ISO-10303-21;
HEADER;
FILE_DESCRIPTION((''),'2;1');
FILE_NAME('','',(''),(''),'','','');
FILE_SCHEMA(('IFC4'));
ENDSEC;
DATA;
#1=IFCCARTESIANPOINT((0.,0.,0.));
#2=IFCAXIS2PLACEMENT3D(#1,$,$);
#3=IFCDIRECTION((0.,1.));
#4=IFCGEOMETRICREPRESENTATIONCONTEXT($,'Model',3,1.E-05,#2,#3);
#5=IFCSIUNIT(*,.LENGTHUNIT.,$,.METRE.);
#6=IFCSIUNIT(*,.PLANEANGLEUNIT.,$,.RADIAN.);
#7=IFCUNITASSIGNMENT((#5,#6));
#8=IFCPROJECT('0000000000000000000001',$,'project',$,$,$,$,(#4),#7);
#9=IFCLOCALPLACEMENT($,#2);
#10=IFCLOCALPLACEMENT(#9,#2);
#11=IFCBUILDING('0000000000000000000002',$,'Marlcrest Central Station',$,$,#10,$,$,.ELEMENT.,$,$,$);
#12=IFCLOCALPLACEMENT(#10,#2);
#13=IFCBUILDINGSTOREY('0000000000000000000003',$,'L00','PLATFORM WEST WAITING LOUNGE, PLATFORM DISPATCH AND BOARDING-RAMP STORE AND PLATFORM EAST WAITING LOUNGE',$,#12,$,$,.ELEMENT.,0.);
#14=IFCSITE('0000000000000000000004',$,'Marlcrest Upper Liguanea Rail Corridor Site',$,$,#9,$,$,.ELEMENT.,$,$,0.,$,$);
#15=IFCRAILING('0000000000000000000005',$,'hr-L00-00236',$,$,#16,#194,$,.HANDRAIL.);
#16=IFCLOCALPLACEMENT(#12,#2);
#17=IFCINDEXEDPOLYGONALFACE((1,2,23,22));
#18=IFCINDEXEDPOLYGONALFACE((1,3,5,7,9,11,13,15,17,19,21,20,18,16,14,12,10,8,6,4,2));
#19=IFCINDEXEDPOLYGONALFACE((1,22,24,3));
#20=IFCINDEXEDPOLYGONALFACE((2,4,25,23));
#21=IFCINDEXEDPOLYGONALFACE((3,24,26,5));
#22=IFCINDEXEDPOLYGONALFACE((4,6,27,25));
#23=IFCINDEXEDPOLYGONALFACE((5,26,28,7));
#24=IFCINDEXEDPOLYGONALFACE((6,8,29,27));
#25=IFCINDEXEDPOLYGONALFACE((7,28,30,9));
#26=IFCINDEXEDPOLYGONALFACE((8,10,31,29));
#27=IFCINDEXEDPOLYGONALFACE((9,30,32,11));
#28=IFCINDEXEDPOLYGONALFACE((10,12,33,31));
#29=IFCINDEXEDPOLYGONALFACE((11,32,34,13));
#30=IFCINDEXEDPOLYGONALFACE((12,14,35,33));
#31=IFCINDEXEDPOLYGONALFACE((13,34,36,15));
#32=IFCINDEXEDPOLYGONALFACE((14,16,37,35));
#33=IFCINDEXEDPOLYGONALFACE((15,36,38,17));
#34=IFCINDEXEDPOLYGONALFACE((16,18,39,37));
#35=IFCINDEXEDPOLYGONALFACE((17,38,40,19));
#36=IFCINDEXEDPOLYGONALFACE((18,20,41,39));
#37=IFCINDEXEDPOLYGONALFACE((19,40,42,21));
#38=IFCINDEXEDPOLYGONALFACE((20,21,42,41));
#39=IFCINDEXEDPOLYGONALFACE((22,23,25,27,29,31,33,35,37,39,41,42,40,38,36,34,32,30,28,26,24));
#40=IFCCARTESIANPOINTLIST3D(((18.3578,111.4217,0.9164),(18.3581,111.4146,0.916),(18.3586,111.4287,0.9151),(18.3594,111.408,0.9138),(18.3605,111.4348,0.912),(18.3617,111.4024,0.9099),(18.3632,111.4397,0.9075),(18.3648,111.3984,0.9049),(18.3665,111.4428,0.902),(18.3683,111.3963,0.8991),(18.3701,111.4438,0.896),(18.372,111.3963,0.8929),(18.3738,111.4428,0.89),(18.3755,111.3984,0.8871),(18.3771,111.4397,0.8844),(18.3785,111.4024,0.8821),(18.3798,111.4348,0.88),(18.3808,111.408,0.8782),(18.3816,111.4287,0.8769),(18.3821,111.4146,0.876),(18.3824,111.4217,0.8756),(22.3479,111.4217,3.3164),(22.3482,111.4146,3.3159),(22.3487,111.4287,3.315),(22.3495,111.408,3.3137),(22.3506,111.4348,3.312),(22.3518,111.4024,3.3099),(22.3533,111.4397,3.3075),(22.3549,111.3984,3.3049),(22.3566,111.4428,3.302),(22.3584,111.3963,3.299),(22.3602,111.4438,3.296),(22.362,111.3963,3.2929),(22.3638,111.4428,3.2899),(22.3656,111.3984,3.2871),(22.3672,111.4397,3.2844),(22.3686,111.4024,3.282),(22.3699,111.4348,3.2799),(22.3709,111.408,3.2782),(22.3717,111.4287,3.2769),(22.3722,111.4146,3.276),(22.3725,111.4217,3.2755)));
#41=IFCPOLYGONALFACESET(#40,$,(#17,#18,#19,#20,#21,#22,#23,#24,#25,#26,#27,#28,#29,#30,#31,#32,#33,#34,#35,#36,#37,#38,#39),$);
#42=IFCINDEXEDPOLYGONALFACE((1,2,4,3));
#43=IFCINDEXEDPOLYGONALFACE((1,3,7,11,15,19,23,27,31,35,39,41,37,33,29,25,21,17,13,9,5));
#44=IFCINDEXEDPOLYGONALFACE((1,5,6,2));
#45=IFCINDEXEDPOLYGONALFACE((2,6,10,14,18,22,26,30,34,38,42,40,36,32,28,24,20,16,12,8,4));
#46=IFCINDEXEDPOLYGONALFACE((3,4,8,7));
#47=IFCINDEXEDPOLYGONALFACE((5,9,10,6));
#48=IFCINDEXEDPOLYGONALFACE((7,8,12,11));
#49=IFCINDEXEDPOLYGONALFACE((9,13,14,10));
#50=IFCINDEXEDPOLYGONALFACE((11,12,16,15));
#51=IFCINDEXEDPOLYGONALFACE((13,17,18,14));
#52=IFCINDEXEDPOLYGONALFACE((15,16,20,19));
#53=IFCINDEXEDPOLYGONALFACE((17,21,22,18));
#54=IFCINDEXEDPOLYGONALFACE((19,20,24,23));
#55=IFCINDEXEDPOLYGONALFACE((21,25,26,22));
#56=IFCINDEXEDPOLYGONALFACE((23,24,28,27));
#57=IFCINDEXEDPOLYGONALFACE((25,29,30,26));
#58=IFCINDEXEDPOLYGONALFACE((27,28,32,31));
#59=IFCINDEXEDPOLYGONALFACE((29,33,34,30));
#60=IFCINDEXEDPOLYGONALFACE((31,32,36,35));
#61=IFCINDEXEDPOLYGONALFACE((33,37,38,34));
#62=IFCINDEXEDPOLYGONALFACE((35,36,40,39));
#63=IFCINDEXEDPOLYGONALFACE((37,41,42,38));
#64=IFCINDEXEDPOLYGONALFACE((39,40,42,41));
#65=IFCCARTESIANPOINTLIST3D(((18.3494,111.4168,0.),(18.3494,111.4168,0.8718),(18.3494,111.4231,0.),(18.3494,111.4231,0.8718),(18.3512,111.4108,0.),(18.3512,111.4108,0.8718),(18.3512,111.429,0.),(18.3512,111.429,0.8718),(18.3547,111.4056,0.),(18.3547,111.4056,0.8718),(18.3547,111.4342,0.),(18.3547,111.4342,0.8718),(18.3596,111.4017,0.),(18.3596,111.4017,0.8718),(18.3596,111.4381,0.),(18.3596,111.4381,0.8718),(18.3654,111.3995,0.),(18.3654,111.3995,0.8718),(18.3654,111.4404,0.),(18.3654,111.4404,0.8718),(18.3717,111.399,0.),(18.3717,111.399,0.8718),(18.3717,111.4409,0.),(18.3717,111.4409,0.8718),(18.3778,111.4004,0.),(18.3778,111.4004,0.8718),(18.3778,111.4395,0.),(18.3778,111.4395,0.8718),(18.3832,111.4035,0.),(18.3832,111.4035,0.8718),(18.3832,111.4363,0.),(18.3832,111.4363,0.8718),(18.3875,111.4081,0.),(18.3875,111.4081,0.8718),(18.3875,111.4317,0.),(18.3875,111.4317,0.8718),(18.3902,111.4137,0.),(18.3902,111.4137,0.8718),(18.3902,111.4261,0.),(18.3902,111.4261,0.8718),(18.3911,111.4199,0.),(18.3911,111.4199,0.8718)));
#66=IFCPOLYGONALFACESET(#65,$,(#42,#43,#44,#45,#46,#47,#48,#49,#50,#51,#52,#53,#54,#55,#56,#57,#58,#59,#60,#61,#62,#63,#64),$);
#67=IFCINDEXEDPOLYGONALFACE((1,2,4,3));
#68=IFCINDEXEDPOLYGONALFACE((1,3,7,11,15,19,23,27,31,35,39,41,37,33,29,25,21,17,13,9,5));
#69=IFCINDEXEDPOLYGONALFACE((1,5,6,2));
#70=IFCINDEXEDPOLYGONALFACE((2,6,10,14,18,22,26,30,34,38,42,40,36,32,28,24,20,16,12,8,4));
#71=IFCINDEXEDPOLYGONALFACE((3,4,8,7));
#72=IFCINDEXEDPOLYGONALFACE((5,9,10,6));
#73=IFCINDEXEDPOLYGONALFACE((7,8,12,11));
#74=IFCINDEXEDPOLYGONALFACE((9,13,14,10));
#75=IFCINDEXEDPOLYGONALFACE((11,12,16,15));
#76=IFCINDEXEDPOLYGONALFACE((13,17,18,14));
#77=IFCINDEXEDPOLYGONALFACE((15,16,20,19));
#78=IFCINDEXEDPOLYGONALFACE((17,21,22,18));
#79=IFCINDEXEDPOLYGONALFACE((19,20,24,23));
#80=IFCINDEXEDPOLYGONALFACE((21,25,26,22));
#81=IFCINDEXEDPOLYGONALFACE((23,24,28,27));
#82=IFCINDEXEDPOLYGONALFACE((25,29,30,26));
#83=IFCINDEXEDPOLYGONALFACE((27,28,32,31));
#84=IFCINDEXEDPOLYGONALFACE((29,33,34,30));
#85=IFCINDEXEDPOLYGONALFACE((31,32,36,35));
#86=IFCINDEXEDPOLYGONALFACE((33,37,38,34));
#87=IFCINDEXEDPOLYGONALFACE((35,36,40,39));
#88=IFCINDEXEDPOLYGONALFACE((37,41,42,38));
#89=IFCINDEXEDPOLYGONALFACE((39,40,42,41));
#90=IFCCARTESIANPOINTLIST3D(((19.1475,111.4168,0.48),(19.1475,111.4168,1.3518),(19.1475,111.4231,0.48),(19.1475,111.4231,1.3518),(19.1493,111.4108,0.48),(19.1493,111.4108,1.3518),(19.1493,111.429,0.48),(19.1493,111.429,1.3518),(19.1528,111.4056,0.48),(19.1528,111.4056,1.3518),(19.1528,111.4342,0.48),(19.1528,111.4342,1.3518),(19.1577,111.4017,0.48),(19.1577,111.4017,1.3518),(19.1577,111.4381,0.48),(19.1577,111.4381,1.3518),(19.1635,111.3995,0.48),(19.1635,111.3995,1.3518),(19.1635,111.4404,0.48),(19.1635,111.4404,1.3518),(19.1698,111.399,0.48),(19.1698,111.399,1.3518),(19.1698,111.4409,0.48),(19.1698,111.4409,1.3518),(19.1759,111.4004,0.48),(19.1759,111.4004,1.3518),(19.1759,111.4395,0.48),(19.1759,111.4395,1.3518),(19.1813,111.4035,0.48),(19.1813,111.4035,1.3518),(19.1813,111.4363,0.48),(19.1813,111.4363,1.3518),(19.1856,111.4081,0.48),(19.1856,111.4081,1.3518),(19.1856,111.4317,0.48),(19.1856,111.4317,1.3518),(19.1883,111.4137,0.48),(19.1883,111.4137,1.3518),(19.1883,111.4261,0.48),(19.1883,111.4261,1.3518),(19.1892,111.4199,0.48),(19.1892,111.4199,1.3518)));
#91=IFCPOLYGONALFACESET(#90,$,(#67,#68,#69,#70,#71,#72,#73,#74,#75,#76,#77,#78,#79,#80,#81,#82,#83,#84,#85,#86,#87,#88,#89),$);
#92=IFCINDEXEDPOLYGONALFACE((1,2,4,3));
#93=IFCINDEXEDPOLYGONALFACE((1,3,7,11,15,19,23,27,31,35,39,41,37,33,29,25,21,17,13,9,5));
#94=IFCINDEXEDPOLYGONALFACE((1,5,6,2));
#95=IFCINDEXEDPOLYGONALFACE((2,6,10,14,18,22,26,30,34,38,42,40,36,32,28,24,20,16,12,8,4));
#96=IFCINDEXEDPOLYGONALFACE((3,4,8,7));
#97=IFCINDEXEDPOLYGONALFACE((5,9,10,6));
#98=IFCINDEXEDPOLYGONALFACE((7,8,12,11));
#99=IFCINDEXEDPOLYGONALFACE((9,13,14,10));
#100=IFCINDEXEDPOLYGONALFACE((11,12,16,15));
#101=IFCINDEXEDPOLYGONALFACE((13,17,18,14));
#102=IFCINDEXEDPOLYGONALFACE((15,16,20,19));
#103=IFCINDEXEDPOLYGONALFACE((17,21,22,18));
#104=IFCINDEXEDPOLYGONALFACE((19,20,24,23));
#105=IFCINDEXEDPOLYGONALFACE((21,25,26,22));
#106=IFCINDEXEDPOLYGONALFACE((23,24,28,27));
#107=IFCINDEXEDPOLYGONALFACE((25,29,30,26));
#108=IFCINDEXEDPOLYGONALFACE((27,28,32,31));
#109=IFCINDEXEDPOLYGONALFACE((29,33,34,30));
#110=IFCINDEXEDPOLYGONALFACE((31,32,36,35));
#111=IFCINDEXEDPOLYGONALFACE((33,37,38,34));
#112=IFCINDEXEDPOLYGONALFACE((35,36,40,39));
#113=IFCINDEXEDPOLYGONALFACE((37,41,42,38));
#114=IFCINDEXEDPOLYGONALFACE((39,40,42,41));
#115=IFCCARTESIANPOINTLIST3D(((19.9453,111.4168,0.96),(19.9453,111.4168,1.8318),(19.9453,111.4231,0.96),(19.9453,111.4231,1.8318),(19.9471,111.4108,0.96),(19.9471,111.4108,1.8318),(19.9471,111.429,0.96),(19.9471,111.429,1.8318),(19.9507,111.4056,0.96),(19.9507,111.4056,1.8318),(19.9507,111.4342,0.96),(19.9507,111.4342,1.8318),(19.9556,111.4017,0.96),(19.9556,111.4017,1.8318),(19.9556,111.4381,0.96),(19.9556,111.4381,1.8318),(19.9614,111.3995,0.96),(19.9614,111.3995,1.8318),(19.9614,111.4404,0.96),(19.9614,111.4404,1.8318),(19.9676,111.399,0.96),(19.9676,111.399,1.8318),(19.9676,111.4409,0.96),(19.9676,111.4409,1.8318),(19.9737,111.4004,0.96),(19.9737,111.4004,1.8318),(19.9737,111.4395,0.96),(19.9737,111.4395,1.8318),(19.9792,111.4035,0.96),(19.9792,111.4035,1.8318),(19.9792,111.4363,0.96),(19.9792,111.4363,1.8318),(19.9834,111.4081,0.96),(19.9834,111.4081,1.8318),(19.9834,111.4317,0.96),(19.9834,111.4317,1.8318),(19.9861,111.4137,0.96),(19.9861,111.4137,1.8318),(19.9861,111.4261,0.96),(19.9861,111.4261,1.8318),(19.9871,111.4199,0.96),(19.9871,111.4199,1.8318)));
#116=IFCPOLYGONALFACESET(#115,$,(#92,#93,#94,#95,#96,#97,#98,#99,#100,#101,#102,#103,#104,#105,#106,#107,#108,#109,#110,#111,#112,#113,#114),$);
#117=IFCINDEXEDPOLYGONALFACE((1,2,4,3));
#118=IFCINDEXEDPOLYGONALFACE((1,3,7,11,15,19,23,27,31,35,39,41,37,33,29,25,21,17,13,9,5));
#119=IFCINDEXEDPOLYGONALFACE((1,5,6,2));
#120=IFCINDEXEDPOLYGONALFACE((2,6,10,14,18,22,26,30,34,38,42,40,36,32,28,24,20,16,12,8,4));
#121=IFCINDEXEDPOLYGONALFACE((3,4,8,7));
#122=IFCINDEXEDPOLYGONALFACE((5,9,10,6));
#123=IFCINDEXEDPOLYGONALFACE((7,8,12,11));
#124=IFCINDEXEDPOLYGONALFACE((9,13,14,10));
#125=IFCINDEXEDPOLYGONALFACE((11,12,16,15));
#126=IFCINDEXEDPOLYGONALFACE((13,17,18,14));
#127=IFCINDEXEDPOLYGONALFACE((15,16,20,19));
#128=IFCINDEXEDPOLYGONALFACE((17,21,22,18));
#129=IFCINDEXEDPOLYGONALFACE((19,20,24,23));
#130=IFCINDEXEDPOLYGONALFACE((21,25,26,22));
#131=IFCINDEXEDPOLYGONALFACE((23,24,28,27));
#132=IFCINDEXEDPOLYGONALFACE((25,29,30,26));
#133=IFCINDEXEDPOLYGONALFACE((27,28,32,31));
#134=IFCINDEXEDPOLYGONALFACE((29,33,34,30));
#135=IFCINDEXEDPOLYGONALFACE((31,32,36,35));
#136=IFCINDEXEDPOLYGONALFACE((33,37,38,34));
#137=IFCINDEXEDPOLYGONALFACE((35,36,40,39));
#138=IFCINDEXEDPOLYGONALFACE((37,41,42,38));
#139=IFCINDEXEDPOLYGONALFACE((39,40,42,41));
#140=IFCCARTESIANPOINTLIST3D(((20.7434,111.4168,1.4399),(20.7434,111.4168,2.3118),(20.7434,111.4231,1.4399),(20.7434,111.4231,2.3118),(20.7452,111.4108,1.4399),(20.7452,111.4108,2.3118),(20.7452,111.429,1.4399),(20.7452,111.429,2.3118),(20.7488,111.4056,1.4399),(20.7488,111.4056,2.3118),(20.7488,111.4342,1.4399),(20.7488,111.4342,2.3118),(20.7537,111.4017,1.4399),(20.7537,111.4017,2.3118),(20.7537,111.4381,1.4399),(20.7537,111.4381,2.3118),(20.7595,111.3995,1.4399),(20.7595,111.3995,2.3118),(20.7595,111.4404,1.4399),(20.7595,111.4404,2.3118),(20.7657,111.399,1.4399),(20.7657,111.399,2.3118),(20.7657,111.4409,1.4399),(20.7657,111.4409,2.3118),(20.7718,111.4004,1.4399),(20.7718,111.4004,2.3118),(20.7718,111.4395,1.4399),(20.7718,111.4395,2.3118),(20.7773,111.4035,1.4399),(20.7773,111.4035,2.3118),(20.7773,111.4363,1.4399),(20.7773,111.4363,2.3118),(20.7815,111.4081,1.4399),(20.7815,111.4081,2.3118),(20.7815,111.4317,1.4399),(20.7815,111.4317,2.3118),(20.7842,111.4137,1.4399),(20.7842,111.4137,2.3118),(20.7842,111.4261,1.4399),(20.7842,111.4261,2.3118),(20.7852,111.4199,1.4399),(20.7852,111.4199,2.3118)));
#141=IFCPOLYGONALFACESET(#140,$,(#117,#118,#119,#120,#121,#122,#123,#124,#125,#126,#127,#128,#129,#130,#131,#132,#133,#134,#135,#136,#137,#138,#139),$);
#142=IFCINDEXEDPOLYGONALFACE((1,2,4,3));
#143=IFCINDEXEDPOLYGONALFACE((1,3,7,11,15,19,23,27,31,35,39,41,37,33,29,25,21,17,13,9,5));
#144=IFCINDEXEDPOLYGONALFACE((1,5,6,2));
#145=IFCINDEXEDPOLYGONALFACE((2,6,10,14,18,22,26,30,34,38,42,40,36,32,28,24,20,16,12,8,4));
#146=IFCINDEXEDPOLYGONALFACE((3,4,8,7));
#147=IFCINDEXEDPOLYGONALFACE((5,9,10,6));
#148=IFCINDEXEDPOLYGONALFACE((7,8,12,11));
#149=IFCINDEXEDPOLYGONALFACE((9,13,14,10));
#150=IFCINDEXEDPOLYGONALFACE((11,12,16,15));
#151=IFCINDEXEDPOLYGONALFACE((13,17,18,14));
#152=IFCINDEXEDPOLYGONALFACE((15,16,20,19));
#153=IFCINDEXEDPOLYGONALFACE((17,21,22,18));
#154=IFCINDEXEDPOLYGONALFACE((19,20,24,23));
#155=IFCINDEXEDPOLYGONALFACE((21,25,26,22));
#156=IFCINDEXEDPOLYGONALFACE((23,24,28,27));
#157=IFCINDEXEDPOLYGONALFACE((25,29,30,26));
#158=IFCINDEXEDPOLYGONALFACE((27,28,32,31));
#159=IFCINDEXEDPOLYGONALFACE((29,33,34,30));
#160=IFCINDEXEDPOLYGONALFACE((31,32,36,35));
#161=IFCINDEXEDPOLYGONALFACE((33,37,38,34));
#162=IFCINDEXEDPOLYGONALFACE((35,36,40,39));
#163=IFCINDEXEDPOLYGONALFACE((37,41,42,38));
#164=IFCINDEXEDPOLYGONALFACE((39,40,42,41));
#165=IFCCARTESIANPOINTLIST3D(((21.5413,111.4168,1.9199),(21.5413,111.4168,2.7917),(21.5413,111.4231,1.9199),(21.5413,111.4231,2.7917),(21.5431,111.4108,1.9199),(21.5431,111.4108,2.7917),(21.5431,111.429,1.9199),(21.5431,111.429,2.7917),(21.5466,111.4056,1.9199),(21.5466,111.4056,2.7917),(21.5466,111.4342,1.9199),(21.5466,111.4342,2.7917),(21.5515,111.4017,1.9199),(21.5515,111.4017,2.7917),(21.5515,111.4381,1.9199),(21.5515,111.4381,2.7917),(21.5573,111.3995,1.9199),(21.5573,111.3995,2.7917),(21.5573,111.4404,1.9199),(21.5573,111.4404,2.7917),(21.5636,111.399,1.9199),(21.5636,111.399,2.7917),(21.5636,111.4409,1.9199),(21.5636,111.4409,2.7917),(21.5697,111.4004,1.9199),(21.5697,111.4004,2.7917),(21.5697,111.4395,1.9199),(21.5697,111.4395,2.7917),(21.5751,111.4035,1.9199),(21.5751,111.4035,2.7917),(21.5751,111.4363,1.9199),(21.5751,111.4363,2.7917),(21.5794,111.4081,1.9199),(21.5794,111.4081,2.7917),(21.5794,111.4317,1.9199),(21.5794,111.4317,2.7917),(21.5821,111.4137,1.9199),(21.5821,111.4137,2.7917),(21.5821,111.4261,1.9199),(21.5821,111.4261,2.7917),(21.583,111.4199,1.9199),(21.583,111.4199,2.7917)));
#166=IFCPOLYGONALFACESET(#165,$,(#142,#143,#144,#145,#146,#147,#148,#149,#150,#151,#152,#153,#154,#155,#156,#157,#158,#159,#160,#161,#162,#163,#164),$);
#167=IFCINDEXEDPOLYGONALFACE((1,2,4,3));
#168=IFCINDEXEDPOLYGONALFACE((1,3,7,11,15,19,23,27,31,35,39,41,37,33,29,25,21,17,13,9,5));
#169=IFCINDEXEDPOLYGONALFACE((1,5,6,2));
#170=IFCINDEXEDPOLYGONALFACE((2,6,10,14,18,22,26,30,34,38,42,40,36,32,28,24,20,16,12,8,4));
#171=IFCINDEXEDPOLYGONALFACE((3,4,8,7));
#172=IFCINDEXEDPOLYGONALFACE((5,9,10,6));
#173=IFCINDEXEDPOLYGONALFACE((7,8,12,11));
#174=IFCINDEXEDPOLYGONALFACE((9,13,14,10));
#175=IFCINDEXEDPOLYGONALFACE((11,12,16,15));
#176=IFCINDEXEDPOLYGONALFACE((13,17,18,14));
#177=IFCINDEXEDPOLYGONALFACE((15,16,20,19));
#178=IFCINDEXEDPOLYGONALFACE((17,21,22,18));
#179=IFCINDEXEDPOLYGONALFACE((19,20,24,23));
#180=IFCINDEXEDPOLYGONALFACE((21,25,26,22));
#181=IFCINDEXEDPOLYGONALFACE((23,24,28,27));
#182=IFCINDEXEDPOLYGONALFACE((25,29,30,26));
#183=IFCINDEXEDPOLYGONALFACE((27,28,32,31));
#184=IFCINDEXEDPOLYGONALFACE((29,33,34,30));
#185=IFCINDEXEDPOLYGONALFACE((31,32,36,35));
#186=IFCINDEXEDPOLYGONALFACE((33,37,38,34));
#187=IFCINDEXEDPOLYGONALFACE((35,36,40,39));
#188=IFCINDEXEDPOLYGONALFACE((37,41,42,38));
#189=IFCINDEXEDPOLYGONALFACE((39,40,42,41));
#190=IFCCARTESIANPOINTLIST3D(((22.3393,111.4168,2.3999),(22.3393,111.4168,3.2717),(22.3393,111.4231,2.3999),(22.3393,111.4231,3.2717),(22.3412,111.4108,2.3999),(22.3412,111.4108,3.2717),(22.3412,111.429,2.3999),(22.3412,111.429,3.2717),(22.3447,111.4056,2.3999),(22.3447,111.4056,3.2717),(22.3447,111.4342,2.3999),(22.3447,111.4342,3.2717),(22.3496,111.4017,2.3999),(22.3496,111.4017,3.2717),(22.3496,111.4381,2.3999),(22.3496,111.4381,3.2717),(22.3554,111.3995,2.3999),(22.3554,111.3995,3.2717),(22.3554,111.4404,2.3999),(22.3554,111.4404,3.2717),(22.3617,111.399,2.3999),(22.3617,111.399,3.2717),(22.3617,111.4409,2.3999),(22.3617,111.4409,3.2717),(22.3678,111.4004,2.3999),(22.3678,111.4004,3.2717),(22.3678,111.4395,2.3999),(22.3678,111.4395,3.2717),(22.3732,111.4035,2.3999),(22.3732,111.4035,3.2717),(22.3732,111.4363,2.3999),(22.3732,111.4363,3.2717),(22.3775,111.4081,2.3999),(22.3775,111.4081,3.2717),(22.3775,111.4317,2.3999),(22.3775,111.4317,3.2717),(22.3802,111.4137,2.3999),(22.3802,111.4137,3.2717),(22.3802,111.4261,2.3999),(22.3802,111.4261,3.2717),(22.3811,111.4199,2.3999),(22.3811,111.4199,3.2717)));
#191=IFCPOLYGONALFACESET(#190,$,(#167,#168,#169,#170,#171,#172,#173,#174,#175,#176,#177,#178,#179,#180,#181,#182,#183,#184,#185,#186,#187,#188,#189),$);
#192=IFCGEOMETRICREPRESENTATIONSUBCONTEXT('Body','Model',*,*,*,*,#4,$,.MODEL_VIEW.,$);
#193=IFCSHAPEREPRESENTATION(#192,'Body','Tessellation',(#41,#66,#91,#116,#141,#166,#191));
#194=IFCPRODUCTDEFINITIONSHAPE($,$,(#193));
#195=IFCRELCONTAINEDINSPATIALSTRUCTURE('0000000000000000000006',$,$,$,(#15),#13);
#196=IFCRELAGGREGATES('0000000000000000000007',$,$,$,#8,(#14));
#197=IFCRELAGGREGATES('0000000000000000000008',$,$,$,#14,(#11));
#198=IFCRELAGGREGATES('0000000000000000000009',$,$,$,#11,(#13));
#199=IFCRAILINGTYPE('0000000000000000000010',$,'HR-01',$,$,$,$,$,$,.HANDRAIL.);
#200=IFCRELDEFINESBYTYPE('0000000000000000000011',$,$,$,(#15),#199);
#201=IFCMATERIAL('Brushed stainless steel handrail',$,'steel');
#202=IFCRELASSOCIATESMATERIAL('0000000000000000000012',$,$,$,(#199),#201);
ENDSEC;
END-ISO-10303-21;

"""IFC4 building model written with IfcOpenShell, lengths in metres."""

from ifc_helpers import new_model, si_unit, direction, frame, origin, origin_2d, place, context, subcontext, project, spatial, circle, extrude, material, type_object, element, save


model = new_model("IFC4")

# Units and contexts
model_context = context("Model", 3, precision=1e-05, world=origin(), true_north=direction((0.0, 1.0)))
body_context = subcontext(model_context, "Body", "Model", "MODEL_VIEW")
ifc_project = project(units=[si_unit("LENGTHUNIT", "METRE"), si_unit("PLANEANGLEUNIT", "RADIAN")], contexts=[model_context])

# Site, building, storey
site_placement = place(None, origin())
site = spatial("IfcSite", under=ifc_project, at=site_placement, Name="Marlcrest Upper Liguanea Rail Corridor Site", CompositionType="ELEMENT", RefElevation=0.0)
building_placement = place(site_placement, origin())
building = spatial("IfcBuilding", under=site, at=building_placement, Name="Marlcrest Central Station", CompositionType="ELEMENT")
storey_placement = place(building_placement, origin())
storey = spatial("IfcBuildingStorey", under=building, at=storey_placement, Name="L00", Description="PLATFORM WEST WAITING LOUNGE, PLATFORM DISPATCH AND BOARDING-RAMP STORE AND PLATFORM EAST WAITING LOUNGE", CompositionType="ELEMENT", Elevation=0.0)

# Railing
ifc_material_1 = material(Name="Brushed stainless steel handrail", Category="steel")
railing_type_1 = type_object("IfcRailingType", Name="HR-01", PredefinedType="HANDRAIL", material=ifc_material_1)
for number, where, name in (
    (1, (18.3701, 111.4199, 0.0), "hr-L00-00236"),
):
    element("IfcRailing", number, at=place(storey_placement, frame(where)), inside=storey, type_object=railing_type_1, Name=name, PredefinedType="HANDRAIL", context=body_context, shape_type="SweptSolid", body=[
        extrude(circle(Radius=0.0239, at=origin_2d()), frame((0.0, 0.0, 0.896), z_axis=(0.856933, 0.0, 0.515428), x_axis=(0.0, 1.0, 0.0)), (0.0, 0.0, 1.0), 4.6562),
        extrude(circle(Radius=0.021, at=origin_2d()), origin(), (0.0, 0.0, 1.0), 0.8718),
        extrude(circle(Radius=0.021, at=origin_2d()), frame((0.7981, 0.0, 0.48)), (0.0, 0.0, 1.0), 0.8718),
        extrude(circle(Radius=0.021, at=origin_2d()), frame((1.5959, 0.0, 0.96)), (0.0, 0.0, 1.0), 0.8718),
        extrude(circle(Radius=0.021, at=origin_2d()), frame((2.394, 0.0, 1.4399)), (0.0, 0.0, 1.0), 0.8718),
        extrude(circle(Radius=0.021, at=origin_2d()), frame((3.1919, 0.0, 1.9199)), (0.0, 0.0, 1.0), 0.8718),
        extrude(circle(Radius=0.021, at=origin_2d()), frame((3.99, 0.0, 2.3999)), (0.0, 0.0, 1.0), 0.8718),
    ])

save(model, "model.ifc")
